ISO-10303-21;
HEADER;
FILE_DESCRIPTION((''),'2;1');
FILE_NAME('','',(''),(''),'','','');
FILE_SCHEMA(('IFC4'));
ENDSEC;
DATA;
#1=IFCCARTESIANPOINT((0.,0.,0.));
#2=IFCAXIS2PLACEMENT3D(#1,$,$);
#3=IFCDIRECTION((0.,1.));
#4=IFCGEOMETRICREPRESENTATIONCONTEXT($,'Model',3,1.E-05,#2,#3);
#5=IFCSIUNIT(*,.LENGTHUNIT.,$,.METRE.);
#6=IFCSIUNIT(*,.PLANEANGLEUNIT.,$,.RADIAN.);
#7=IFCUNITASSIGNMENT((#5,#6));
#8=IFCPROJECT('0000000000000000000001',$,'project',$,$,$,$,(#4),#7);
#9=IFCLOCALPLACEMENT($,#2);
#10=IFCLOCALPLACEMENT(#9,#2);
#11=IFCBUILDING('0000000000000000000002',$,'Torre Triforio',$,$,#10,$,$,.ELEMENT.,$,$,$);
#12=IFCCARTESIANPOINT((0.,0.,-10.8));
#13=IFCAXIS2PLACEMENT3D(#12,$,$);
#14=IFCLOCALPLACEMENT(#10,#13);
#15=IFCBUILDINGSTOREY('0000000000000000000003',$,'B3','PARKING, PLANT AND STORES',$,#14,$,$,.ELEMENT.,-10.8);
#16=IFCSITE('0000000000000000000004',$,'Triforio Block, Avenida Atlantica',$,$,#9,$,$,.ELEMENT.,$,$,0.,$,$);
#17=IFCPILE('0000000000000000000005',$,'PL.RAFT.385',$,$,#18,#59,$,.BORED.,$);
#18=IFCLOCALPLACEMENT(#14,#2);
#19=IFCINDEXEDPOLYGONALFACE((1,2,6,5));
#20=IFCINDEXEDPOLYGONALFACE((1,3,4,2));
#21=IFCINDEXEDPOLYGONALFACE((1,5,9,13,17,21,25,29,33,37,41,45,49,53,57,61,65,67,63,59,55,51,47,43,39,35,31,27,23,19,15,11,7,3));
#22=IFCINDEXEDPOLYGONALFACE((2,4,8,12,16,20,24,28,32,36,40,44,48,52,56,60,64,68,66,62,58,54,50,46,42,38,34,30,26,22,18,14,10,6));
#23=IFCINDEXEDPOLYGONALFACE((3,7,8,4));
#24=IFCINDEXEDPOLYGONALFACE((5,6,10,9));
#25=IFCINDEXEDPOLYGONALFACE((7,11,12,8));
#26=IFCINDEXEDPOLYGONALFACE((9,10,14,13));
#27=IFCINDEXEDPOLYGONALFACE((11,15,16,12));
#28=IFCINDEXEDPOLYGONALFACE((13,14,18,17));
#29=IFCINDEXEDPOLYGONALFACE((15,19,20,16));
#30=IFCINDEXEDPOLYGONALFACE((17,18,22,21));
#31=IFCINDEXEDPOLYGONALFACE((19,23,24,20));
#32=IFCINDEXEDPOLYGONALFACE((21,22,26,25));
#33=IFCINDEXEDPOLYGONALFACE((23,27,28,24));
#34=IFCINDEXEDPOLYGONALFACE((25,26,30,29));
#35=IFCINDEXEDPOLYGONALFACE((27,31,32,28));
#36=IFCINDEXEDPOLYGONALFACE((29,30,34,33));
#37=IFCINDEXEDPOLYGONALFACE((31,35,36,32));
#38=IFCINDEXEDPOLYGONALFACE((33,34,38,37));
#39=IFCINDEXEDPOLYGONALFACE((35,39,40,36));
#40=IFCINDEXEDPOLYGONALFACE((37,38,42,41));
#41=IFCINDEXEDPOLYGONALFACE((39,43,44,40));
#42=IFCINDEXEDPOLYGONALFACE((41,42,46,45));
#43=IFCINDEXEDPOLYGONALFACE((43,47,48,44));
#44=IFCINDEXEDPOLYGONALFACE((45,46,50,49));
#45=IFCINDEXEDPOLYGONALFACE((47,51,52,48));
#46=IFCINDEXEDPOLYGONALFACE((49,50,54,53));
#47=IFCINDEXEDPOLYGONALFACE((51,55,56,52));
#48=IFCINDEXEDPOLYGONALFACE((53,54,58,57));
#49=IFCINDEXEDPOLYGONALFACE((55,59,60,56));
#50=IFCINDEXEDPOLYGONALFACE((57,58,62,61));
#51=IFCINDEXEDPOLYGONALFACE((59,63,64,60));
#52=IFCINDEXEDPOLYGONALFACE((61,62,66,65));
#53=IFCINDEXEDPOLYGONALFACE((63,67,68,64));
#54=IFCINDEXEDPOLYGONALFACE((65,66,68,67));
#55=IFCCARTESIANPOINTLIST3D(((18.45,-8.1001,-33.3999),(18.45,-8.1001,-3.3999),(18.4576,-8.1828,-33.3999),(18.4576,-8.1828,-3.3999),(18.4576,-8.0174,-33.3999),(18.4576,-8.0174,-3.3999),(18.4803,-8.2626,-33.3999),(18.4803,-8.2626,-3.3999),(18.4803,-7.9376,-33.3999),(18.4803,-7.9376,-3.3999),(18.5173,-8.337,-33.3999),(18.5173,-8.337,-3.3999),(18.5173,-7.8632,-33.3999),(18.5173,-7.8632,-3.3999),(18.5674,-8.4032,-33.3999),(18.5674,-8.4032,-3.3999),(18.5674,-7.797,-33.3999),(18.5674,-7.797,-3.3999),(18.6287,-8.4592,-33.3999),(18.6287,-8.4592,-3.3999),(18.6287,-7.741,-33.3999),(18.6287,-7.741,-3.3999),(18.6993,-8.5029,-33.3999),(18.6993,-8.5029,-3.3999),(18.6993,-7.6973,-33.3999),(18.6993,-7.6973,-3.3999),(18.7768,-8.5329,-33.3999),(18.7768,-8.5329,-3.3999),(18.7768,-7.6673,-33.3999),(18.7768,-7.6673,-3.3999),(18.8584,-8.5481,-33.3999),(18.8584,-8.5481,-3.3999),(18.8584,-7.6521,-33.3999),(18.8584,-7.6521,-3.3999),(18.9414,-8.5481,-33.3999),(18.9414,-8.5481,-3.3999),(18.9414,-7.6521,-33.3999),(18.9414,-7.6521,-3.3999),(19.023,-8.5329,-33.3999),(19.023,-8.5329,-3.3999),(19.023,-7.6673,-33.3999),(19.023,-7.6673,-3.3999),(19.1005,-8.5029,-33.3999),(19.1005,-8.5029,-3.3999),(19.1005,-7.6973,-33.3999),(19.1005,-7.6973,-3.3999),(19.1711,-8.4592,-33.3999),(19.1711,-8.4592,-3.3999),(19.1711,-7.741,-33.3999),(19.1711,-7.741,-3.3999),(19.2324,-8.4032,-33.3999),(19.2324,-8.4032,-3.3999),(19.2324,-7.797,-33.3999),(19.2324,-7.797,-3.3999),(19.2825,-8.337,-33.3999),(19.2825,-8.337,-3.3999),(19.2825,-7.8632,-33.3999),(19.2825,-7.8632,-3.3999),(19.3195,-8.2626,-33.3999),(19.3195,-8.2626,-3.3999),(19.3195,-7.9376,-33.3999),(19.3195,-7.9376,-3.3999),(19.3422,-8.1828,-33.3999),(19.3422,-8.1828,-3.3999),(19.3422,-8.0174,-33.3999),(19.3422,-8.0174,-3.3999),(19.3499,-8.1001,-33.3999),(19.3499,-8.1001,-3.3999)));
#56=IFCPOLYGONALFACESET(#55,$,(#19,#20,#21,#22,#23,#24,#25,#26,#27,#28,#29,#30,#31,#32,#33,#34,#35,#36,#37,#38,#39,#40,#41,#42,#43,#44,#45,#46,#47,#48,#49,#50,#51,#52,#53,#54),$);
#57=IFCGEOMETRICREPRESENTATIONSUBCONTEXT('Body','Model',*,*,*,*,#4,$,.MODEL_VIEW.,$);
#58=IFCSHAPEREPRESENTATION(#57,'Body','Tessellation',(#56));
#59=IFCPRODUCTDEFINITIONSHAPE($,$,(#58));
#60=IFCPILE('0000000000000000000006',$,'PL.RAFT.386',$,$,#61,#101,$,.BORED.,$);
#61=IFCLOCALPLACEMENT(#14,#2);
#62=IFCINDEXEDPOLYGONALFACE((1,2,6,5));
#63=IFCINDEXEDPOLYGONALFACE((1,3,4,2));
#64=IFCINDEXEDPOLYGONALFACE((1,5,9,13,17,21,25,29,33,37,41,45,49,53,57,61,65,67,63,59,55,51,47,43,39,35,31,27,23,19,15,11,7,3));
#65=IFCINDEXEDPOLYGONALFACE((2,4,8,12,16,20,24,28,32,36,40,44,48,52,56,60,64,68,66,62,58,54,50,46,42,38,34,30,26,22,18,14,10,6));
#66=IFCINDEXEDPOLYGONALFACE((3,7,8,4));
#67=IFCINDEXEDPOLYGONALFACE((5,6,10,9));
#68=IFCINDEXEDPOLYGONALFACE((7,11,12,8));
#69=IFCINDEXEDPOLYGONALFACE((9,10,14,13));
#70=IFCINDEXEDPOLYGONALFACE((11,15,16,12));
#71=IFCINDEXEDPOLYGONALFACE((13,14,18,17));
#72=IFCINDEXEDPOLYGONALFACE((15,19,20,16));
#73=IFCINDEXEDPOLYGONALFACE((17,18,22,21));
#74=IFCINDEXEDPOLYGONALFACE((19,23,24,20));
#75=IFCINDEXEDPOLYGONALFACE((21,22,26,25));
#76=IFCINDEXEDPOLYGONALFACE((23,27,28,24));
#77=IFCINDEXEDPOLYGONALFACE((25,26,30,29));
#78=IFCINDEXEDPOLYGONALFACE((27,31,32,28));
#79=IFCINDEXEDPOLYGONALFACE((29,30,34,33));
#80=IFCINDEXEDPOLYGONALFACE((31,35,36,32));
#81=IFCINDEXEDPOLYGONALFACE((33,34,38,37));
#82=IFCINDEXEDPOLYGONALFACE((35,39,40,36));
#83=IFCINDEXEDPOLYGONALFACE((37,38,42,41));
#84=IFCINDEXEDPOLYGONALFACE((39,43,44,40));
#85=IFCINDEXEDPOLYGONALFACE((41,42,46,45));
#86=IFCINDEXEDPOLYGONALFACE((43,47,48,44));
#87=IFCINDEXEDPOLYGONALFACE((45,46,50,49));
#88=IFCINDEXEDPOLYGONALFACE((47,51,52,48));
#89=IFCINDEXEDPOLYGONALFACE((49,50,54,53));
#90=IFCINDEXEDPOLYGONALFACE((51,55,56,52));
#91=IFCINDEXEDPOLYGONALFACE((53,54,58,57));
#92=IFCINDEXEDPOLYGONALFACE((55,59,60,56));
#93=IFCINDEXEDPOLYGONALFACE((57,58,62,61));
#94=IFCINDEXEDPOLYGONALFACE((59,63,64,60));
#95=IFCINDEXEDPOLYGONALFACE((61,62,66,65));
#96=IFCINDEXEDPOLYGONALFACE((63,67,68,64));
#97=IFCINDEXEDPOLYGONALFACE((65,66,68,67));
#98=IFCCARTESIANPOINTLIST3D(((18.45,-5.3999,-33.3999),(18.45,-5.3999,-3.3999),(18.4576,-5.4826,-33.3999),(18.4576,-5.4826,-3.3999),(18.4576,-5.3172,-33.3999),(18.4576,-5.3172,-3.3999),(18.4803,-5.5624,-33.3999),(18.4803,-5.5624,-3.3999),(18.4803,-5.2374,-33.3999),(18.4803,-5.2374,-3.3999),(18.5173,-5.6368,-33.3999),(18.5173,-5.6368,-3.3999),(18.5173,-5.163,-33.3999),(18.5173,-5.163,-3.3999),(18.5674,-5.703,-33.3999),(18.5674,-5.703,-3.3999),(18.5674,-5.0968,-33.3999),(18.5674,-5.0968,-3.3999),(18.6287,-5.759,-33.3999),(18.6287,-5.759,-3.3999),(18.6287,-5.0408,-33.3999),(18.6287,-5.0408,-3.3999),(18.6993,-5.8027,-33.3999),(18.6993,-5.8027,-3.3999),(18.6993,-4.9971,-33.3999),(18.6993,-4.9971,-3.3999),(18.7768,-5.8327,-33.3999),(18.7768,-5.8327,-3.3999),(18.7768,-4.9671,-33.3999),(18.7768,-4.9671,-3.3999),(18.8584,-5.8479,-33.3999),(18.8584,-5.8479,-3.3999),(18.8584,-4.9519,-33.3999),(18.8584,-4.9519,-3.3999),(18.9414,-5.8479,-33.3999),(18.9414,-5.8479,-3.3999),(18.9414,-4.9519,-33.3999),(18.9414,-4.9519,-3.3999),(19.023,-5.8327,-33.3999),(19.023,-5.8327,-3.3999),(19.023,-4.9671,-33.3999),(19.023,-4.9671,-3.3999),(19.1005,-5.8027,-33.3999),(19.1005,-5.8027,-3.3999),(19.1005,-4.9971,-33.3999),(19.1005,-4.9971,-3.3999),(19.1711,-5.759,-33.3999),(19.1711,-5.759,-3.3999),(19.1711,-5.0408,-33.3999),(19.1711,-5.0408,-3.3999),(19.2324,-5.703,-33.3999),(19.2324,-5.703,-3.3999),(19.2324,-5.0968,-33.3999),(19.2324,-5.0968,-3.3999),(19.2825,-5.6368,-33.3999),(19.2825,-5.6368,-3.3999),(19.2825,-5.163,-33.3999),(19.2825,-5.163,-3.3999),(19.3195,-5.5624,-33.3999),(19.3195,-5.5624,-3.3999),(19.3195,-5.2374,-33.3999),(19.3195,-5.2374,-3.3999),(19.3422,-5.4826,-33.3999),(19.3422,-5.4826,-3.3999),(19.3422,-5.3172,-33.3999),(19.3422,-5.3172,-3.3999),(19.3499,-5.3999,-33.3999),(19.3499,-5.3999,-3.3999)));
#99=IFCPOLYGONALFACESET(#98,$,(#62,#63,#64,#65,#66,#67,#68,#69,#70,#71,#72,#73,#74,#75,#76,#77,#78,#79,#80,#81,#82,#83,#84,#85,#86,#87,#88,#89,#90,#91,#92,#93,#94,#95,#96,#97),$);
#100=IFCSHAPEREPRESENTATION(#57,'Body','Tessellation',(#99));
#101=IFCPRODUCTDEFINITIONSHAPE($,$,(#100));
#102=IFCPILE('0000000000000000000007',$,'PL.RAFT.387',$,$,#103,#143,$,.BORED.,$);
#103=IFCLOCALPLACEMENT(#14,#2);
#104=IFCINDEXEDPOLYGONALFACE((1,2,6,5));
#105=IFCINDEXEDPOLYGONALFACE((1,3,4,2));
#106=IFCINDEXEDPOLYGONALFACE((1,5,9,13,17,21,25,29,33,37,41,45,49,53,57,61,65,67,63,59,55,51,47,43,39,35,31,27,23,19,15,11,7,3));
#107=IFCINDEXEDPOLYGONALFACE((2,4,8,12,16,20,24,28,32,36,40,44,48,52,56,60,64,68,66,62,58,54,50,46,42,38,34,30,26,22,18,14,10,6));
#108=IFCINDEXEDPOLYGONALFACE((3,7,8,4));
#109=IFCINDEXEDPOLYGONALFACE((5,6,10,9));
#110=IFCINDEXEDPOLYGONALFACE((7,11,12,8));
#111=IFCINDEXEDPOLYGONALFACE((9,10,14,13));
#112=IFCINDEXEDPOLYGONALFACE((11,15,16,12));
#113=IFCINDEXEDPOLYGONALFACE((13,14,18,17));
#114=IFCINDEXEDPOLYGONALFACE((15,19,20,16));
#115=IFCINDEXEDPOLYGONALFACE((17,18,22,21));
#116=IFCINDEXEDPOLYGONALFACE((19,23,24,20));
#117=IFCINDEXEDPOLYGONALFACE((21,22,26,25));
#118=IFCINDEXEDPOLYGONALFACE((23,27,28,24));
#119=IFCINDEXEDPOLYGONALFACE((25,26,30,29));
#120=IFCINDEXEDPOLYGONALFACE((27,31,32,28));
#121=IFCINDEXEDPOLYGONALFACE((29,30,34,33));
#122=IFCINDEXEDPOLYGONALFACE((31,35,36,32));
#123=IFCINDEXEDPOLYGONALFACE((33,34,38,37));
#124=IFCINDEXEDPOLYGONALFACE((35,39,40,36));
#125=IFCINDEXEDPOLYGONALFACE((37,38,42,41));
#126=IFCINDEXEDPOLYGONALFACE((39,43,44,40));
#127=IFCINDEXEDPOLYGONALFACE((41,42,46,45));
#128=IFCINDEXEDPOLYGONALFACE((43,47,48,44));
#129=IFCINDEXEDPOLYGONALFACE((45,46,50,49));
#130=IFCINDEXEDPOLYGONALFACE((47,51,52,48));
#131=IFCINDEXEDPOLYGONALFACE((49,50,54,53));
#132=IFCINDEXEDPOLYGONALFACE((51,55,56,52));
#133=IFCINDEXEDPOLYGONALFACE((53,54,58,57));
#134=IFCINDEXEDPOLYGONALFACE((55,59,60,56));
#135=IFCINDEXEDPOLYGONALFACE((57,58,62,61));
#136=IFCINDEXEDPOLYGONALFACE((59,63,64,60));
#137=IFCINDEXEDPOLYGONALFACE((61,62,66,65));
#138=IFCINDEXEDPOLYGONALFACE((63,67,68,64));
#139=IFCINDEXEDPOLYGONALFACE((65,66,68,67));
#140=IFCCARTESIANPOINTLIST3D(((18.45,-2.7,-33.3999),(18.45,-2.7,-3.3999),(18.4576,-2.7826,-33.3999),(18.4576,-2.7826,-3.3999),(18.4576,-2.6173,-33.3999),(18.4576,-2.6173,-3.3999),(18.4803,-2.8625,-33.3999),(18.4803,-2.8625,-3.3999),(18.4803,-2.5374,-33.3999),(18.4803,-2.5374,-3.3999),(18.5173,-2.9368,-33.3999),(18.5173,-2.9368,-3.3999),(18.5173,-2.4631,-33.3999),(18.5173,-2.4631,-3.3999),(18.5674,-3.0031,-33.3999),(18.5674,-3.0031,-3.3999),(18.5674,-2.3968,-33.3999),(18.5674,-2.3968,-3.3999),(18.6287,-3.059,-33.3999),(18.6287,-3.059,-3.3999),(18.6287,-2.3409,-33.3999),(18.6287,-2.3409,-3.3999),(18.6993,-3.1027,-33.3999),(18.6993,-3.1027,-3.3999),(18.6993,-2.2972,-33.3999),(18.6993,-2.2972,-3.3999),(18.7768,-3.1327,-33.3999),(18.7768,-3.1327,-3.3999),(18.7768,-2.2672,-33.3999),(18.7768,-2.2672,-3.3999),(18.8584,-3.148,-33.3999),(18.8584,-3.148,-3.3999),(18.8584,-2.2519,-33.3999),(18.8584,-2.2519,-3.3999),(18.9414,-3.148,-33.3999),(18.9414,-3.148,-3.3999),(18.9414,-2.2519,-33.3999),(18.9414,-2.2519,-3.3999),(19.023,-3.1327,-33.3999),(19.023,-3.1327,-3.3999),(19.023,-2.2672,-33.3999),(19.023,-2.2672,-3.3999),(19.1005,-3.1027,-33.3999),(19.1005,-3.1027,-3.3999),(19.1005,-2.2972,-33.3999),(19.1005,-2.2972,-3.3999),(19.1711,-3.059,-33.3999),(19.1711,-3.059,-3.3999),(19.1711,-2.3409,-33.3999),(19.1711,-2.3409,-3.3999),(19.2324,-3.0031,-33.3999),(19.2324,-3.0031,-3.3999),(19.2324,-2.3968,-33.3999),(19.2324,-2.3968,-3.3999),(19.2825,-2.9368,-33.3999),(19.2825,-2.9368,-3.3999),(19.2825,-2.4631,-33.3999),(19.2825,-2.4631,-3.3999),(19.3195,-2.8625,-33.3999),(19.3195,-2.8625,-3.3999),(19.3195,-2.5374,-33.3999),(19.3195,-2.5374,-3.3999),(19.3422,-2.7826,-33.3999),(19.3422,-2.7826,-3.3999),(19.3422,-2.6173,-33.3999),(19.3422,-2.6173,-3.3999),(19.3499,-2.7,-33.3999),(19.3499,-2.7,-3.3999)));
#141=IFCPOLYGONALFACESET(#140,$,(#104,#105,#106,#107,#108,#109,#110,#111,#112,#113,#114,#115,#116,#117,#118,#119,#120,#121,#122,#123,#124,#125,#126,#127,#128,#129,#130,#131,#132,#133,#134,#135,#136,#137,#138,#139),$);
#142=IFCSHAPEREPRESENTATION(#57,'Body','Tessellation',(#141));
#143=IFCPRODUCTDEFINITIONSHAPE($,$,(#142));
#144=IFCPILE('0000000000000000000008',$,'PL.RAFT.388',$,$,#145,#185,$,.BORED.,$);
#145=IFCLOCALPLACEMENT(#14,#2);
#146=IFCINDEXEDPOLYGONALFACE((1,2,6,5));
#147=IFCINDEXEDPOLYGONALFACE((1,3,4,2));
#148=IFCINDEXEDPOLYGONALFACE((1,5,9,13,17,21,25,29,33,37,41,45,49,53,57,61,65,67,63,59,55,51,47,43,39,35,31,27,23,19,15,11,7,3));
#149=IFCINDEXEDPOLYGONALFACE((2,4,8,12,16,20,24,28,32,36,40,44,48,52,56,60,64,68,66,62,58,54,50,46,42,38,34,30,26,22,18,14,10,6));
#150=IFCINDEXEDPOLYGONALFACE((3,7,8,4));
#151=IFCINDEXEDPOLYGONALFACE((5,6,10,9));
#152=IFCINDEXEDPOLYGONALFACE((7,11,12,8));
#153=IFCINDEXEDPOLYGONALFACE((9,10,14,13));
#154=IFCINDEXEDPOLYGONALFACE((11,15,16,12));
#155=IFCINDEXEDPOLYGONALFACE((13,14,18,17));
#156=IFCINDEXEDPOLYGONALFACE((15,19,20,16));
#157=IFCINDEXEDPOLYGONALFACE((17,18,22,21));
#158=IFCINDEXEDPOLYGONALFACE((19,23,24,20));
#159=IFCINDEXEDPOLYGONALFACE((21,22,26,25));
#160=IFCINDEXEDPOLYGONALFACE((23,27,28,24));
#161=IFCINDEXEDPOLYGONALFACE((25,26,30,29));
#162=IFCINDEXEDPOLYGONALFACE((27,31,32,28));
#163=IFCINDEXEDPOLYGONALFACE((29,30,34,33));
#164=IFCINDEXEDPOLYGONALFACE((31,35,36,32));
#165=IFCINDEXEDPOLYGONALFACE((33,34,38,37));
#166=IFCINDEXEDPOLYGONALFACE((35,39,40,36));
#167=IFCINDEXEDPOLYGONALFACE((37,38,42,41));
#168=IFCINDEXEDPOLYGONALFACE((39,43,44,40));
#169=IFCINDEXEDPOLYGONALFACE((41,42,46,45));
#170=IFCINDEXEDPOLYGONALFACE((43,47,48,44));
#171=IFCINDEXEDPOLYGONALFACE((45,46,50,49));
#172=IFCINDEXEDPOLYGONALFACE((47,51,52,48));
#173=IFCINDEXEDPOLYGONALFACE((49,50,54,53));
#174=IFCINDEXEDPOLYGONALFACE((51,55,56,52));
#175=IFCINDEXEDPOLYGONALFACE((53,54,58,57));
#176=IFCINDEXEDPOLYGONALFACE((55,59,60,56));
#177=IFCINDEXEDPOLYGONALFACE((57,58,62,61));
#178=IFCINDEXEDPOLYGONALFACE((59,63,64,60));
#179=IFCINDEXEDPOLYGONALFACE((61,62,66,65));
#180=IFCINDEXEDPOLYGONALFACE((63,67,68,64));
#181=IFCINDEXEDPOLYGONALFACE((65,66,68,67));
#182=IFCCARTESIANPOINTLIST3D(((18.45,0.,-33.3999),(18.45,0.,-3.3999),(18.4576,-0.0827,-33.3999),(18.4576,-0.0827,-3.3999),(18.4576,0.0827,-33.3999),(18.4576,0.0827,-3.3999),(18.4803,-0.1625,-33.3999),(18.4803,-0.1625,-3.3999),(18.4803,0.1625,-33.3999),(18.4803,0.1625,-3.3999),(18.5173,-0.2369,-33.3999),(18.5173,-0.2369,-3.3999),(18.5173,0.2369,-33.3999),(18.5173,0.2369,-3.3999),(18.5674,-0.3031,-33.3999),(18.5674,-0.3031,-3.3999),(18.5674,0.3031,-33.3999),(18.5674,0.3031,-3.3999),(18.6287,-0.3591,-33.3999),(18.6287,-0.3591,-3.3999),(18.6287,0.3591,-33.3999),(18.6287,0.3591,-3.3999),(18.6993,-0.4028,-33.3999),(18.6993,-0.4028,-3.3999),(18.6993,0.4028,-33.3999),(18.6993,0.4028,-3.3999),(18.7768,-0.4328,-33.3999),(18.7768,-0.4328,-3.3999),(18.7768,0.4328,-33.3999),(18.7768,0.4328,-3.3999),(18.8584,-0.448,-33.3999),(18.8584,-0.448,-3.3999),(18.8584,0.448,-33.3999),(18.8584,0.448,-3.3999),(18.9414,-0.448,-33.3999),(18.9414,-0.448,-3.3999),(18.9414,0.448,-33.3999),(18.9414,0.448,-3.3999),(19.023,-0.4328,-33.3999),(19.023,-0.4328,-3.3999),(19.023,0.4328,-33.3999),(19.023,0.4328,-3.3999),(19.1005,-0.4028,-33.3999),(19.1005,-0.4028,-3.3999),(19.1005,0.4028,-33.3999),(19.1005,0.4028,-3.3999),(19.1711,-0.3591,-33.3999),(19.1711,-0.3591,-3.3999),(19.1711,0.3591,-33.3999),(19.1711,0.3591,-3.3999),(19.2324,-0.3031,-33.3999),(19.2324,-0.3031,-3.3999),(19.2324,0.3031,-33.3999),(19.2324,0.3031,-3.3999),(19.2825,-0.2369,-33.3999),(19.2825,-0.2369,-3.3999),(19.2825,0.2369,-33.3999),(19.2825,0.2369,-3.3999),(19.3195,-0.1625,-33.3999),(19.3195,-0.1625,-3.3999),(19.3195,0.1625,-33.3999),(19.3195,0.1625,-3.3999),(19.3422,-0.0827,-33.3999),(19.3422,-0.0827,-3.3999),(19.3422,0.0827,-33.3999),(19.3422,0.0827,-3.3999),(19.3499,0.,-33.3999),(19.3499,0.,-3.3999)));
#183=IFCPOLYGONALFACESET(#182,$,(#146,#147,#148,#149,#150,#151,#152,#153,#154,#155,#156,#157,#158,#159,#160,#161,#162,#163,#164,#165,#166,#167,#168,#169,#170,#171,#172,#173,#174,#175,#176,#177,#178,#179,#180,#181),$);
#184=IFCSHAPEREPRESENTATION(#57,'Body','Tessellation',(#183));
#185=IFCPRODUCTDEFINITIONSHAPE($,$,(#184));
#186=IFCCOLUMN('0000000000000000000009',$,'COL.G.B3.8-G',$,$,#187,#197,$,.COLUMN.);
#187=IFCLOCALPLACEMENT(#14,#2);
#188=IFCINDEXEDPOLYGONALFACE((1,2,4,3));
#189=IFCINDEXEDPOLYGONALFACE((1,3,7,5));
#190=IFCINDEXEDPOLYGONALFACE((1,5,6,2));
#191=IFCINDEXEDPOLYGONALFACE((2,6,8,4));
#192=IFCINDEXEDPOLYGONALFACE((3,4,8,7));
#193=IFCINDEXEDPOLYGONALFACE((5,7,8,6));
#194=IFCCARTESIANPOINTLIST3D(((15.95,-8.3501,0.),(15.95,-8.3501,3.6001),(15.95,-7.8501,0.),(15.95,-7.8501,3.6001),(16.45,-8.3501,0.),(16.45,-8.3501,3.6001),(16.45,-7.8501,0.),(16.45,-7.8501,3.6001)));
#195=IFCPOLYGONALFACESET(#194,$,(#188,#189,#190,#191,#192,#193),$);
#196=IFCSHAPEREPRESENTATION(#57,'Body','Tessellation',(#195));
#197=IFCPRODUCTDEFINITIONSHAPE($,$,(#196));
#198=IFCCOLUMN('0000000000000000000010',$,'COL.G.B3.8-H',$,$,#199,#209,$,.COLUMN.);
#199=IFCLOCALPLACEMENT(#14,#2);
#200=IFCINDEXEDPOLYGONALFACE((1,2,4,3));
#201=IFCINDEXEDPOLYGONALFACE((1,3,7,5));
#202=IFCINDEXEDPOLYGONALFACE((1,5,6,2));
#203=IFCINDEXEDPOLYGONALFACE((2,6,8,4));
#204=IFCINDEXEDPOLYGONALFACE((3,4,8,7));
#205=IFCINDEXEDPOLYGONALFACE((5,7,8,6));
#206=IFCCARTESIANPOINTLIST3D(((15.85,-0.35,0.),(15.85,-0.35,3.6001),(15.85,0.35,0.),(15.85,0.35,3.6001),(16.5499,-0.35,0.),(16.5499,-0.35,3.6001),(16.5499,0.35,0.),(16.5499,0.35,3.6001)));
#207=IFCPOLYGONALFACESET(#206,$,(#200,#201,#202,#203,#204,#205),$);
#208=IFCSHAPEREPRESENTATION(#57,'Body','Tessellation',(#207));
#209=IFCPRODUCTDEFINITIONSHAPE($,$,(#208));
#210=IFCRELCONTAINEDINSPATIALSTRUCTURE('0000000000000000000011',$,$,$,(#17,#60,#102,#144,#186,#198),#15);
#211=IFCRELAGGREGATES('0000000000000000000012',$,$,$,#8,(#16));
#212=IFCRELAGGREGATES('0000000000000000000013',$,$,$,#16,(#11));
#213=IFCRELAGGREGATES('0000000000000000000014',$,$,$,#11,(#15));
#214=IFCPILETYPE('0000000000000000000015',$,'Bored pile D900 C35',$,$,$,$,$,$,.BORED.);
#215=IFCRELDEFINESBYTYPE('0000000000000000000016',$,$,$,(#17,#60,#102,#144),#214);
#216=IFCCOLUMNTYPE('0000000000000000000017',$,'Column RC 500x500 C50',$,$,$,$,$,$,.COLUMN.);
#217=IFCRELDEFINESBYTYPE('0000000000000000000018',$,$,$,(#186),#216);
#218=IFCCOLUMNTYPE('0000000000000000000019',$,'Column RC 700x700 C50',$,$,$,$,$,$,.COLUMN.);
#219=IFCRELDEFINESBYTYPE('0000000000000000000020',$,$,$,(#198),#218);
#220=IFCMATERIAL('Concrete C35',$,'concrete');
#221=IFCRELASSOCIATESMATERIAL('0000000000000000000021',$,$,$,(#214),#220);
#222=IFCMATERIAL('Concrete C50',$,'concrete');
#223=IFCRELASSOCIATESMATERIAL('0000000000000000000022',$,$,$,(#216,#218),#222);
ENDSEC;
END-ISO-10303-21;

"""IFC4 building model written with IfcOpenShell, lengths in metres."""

from ifc_helpers import new_model, si_unit, direction, frame, origin, origin_2d, place, context, subcontext, project, spatial, rectangle, circle, extrude, material, material_profile, profile_set, type_object, element, save


model = new_model("IFC4")

# Units and contexts
model_context = context("Model", 3, precision=1e-05, world=origin(), true_north=direction((0.0, 1.0)))
body_context = subcontext(model_context, "Body", "Model", "MODEL_VIEW")
ifc_project = project(units=[si_unit("LENGTHUNIT", "METRE"), si_unit("PLANEANGLEUNIT", "RADIAN")], contexts=[model_context])

# Site, building, storey
site_placement = place(None, origin())
site = spatial("IfcSite", under=ifc_project, at=site_placement, Name="Triforio Block, Avenida Atlantica", CompositionType="ELEMENT", RefElevation=0.0)
building_placement = place(site_placement, origin())
building = spatial("IfcBuilding", under=site, at=building_placement, Name="Torre Triforio", CompositionType="ELEMENT")
storey_placement = place(building_placement, frame((0.0, 0.0, -10.8)))
storey = spatial("IfcBuildingStorey", under=building, at=storey_placement, Name="B3", Description="PARKING, PLANT AND STORES", CompositionType="ELEMENT", Elevation=-10.8)

# Piles
ifc_material_1 = material(Name="Concrete C35", Category="concrete")
ifc_material_profile_1 = material_profile(ifc_material_1, circle(Radius=0.45, at=origin_2d()), Name="RC D900")
ifc_profile_set_1 = profile_set([ifc_material_profile_1], Name="Concrete C35")
pile_type = type_object("IfcPileType", Name="Bored pile D900 C35", PredefinedType="BORED", material=ifc_profile_set_1)
for number, where, z_axis, x_axis, name in (
    (1, (18.8999, -8.1001, -3.3999), (0.0, 0.0, -1.0), (1.0, 0.0, 0.0), "PL.RAFT.385"),
    (2, (18.8999, -5.3999, -3.3999), (0.0, 0.0, -1.0), (1.0, 0.0, 0.0), "PL.RAFT.386"),
    (3, (18.8999, -2.7, -3.3999), (0.0, 0.0, -1.0), (1.0, 0.0, 0.0), "PL.RAFT.387"),
    (4, (18.8999, 0.0, -3.3999), (0.0, 0.0, -1.0), (1.0, 0.0, 0.0), "PL.RAFT.388"),
):
    element("IfcPile", number, at=place(storey_placement, frame(where, z_axis=z_axis, x_axis=x_axis)), inside=storey, type_object=pile_type, Name=name, PredefinedType="BORED", context=body_context, shape_type="SweptSolid", body=[
        extrude(circle(Radius=0.45, at=origin_2d()), origin(), (0.0, 0.0, 1.0), 30.0),
    ])

# Columns
ifc_material_2 = material(Name="Concrete C50", Category="concrete")
ifc_material_profile_2 = material_profile(ifc_material_2, rectangle(XDim=0.5, YDim=0.5, at=origin_2d()), Name="RC 500x500")
ifc_profile_set_2 = profile_set([ifc_material_profile_2], Name="Concrete C50")
column_type_1 = type_object("IfcColumnType", Name="Column RC 500x500 C50", PredefinedType="COLUMN", material=ifc_profile_set_2)
column_1_placement = place(storey_placement, frame((16.2, -8.1001, 0.0), z_axis=(0.0, 0.0, 1.0), x_axis=(1.0, 0.0, 0.0)))
element("IfcColumn", 5, at=column_1_placement, inside=storey, type_object=column_type_1, Name="COL.G.B3.8-G", PredefinedType="COLUMN", context=body_context, shape_type="SweptSolid", body=[
    extrude(rectangle(XDim=0.5, YDim=0.5, at=origin_2d()), origin(), (0.0, 0.0, 1.0), 3.6001),
])
ifc_material_profile_3 = material_profile(ifc_material_2, rectangle(XDim=0.7, YDim=0.7, at=origin_2d()), Name="RC 700x700")
ifc_profile_set_3 = profile_set([ifc_material_profile_3], Name="Concrete C50")
column_type_2 = type_object("IfcColumnType", Name="Column RC 700x700 C50", PredefinedType="COLUMN", material=ifc_profile_set_3)
column_2_placement = place(storey_placement, frame((16.2, 0.0, 0.0), z_axis=(0.0, 0.0, 1.0), x_axis=(1.0, 0.0, 0.0)))
element("IfcColumn", 6, at=column_2_placement, inside=storey, type_object=column_type_2, Name="COL.G.B3.8-H", PredefinedType="COLUMN", context=body_context, shape_type="SweptSolid", body=[
    extrude(rectangle(XDim=0.7, YDim=0.7, at=origin_2d()), origin(), (0.0, 0.0, 1.0), 3.6001),
])

save(model, "model.ifc")
